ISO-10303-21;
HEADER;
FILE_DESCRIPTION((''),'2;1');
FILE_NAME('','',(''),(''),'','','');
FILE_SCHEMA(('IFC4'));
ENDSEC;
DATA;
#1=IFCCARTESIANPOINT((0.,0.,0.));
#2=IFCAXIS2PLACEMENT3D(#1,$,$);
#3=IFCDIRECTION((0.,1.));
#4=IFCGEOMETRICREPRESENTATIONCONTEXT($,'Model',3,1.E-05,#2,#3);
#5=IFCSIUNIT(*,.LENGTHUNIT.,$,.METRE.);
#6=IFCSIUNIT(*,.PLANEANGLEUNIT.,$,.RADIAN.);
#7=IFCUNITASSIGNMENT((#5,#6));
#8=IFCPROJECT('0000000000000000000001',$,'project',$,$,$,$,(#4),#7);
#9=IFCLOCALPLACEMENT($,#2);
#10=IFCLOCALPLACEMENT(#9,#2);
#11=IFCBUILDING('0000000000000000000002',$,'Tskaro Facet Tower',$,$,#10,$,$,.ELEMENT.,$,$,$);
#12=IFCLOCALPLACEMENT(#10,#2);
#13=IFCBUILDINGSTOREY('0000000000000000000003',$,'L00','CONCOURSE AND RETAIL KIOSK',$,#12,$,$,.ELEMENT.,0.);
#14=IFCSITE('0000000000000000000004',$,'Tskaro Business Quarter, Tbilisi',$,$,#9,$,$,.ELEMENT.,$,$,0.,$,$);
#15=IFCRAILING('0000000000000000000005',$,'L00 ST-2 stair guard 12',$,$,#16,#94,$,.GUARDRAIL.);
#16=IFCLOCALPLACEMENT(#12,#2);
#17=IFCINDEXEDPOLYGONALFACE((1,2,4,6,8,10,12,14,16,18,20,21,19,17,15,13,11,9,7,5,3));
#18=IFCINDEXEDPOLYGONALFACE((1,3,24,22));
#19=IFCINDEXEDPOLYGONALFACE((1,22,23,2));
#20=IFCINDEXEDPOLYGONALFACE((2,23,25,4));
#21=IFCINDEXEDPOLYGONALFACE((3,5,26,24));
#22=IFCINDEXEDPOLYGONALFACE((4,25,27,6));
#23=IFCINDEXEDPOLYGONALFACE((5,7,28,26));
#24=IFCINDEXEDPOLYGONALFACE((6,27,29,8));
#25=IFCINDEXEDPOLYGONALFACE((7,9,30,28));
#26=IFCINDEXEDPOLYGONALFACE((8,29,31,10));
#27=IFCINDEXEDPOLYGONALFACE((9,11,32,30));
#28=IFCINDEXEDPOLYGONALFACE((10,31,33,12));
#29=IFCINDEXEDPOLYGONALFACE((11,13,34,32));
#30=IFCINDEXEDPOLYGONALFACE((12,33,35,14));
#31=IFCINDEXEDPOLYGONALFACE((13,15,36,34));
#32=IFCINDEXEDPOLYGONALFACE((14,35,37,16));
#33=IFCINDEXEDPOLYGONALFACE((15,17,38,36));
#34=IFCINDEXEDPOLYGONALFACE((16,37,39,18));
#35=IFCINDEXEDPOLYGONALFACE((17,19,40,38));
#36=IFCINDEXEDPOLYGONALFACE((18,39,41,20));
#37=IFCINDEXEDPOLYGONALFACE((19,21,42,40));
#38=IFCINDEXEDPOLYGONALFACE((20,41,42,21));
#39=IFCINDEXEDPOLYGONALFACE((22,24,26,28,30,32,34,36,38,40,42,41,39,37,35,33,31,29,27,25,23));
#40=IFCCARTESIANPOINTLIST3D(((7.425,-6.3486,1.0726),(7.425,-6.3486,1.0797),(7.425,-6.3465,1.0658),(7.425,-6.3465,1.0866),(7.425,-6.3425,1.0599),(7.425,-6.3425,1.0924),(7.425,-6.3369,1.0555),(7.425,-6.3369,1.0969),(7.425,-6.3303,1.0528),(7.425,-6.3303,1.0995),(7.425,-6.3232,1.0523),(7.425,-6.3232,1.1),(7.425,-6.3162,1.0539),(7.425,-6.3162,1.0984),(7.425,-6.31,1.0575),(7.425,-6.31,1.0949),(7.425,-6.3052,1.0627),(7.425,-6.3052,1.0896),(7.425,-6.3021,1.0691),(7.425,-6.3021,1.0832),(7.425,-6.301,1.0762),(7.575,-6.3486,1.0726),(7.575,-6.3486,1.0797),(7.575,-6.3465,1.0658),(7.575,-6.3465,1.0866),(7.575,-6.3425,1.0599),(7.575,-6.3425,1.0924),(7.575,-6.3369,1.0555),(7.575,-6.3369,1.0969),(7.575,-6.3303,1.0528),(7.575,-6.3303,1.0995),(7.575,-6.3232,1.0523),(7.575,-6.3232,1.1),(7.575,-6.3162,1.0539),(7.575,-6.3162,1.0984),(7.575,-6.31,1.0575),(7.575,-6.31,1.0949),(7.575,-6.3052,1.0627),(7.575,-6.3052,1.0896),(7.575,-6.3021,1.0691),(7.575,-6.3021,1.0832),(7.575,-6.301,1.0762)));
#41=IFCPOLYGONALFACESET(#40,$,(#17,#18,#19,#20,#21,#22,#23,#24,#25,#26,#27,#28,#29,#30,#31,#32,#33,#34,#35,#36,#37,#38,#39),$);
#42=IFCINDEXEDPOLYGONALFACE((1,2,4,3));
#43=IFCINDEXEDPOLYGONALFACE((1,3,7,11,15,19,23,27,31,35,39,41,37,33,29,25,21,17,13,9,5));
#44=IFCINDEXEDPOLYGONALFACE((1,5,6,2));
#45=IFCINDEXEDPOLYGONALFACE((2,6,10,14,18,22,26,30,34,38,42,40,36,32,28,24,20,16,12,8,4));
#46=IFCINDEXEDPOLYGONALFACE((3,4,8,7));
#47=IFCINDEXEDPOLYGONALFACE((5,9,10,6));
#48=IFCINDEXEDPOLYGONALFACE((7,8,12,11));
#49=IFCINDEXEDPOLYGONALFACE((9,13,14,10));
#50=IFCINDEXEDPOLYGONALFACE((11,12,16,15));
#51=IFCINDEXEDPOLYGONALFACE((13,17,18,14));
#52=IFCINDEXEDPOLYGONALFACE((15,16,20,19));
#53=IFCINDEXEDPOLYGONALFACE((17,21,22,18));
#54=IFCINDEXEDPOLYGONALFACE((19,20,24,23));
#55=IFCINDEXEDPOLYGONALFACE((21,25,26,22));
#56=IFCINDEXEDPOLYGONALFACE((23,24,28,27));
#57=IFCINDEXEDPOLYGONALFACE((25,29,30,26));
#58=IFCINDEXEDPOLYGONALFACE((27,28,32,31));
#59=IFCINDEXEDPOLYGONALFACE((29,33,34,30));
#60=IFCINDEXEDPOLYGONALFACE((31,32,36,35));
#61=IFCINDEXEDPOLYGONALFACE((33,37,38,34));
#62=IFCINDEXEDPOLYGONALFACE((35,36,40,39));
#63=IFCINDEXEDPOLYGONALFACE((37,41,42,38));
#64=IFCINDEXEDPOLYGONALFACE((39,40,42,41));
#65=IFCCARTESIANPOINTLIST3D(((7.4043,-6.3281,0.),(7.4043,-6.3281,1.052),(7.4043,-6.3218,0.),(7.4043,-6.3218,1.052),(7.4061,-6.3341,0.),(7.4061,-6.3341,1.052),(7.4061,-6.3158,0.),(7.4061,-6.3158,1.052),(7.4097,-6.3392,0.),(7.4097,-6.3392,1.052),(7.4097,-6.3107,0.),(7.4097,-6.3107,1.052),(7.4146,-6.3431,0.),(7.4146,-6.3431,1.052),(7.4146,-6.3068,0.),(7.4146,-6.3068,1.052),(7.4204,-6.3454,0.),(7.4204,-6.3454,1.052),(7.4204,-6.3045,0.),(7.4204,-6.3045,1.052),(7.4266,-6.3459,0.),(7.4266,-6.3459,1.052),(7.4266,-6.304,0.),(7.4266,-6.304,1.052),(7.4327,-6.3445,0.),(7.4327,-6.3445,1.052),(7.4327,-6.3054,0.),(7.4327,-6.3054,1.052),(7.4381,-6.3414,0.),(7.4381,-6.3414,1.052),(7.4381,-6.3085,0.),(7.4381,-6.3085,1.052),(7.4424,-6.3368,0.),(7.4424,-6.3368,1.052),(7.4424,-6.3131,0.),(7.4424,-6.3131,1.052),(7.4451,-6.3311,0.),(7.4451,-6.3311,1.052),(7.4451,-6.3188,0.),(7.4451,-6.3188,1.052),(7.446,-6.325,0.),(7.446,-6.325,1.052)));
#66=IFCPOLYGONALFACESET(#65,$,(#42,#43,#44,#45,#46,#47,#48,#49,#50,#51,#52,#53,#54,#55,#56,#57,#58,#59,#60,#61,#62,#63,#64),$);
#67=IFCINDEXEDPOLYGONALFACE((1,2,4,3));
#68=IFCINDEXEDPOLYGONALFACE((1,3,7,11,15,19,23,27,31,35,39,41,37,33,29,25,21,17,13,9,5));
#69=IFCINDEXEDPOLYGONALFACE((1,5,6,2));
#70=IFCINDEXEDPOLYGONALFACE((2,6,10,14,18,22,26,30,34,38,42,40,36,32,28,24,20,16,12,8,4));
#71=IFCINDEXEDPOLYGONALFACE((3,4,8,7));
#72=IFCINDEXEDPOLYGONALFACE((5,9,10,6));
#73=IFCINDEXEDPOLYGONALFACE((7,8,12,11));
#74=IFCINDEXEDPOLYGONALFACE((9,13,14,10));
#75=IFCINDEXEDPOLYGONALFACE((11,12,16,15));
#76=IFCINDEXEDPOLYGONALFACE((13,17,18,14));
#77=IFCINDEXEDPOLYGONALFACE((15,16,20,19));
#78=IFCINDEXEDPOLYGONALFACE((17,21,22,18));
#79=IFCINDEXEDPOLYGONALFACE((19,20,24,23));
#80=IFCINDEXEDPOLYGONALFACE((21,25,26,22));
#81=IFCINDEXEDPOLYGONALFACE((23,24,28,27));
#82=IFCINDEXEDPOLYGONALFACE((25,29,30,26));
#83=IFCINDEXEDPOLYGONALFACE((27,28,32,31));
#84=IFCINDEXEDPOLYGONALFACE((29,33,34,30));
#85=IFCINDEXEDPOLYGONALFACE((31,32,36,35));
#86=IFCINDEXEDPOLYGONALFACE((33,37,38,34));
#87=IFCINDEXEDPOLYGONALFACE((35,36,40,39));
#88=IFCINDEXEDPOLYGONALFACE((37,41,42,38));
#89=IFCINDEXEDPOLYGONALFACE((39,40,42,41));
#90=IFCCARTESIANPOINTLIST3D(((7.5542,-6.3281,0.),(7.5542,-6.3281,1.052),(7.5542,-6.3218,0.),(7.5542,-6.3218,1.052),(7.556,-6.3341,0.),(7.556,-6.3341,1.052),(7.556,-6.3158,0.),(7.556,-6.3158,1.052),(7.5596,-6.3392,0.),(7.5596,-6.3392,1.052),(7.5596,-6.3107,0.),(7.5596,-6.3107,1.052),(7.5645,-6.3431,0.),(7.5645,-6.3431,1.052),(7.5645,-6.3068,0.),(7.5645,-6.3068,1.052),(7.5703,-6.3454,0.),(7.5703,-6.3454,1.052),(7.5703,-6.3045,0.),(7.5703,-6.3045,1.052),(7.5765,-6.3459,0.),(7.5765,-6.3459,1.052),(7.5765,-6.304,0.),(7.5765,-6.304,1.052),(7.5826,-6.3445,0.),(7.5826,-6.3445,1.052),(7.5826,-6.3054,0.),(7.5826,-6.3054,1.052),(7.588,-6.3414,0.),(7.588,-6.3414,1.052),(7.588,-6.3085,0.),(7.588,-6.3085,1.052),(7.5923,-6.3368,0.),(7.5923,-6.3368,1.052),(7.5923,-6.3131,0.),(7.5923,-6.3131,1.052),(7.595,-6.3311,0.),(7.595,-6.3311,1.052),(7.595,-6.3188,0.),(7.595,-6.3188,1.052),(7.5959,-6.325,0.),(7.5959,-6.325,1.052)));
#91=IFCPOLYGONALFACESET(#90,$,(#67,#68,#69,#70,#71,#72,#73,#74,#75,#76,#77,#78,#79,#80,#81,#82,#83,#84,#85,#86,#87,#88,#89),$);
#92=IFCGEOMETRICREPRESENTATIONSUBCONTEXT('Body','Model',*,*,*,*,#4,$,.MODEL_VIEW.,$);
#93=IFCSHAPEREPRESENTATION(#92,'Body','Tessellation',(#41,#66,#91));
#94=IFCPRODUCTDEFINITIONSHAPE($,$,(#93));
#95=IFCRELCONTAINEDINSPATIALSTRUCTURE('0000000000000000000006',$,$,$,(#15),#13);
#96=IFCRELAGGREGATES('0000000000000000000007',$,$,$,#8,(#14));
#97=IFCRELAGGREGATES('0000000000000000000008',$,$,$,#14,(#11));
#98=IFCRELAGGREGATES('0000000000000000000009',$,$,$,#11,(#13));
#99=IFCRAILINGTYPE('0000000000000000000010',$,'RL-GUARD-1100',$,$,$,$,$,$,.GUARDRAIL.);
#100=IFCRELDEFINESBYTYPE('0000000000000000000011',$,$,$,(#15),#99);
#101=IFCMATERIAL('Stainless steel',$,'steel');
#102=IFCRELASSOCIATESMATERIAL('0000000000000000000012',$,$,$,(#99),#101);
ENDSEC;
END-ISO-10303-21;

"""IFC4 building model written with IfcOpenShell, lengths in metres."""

from ifc_helpers import new_model, si_unit, direction, frame, origin, origin_2d, place, context, subcontext, project, spatial, circle, extrude, material, type_object, element, save


model = new_model("IFC4")

# Units and contexts
model_context = context("Model", 3, precision=1e-05, world=origin(), true_north=direction((0.0, 1.0)))
body_context = subcontext(model_context, "Body", "Model", "MODEL_VIEW")
ifc_project = project(units=[si_unit("LENGTHUNIT", "METRE"), si_unit("PLANEANGLEUNIT", "RADIAN")], contexts=[model_context])

# Site, building, storey
site_placement = place(None, origin())
site = spatial("IfcSite", under=ifc_project, at=site_placement, Name="Tskaro Business Quarter, Tbilisi", CompositionType="ELEMENT", RefElevation=0.0)
building_placement = place(site_placement, origin())
building = spatial("IfcBuilding", under=site, at=building_placement, Name="Tskaro Facet Tower", CompositionType="ELEMENT")
storey_placement = place(building_placement, origin())
storey = spatial("IfcBuildingStorey", under=building, at=storey_placement, Name="L00", Description="CONCOURSE AND RETAIL KIOSK", CompositionType="ELEMENT", Elevation=0.0)

# Railing
ifc_material_1 = material(Name="Stainless steel", Category="steel")
railing_type_1 = type_object("IfcRailingType", Name="RL-GUARD-1100", PredefinedType="GUARDRAIL", material=ifc_material_1)
railing_1_placement = place(storey_placement, frame((7.425, -6.325, 0.0)))
element("IfcRailing", 1, at=railing_1_placement, inside=storey, type_object=railing_type_1, Name="L00 ST-2 stair guard 12", PredefinedType="GUARDRAIL", context=body_context, shape_type="SweptSolid", body=[
    extrude(circle(Radius=0.0239, at=origin_2d()), frame((0.0, 0.0, 1.0762), z_axis=(1.0, 0.0, 0.0), x_axis=(0.0, 1.0, 0.0)), (0.0, 0.0, 1.0), 0.1499),
    extrude(circle(Radius=0.021, at=origin_2d()), origin(), (0.0, 0.0, 1.0), 1.052),
    extrude(circle(Radius=0.021, at=origin_2d()), frame((0.1499, 0.0, 0.0)), (0.0, 0.0, 1.0), 1.052),
])

save(model, "model.ifc")
